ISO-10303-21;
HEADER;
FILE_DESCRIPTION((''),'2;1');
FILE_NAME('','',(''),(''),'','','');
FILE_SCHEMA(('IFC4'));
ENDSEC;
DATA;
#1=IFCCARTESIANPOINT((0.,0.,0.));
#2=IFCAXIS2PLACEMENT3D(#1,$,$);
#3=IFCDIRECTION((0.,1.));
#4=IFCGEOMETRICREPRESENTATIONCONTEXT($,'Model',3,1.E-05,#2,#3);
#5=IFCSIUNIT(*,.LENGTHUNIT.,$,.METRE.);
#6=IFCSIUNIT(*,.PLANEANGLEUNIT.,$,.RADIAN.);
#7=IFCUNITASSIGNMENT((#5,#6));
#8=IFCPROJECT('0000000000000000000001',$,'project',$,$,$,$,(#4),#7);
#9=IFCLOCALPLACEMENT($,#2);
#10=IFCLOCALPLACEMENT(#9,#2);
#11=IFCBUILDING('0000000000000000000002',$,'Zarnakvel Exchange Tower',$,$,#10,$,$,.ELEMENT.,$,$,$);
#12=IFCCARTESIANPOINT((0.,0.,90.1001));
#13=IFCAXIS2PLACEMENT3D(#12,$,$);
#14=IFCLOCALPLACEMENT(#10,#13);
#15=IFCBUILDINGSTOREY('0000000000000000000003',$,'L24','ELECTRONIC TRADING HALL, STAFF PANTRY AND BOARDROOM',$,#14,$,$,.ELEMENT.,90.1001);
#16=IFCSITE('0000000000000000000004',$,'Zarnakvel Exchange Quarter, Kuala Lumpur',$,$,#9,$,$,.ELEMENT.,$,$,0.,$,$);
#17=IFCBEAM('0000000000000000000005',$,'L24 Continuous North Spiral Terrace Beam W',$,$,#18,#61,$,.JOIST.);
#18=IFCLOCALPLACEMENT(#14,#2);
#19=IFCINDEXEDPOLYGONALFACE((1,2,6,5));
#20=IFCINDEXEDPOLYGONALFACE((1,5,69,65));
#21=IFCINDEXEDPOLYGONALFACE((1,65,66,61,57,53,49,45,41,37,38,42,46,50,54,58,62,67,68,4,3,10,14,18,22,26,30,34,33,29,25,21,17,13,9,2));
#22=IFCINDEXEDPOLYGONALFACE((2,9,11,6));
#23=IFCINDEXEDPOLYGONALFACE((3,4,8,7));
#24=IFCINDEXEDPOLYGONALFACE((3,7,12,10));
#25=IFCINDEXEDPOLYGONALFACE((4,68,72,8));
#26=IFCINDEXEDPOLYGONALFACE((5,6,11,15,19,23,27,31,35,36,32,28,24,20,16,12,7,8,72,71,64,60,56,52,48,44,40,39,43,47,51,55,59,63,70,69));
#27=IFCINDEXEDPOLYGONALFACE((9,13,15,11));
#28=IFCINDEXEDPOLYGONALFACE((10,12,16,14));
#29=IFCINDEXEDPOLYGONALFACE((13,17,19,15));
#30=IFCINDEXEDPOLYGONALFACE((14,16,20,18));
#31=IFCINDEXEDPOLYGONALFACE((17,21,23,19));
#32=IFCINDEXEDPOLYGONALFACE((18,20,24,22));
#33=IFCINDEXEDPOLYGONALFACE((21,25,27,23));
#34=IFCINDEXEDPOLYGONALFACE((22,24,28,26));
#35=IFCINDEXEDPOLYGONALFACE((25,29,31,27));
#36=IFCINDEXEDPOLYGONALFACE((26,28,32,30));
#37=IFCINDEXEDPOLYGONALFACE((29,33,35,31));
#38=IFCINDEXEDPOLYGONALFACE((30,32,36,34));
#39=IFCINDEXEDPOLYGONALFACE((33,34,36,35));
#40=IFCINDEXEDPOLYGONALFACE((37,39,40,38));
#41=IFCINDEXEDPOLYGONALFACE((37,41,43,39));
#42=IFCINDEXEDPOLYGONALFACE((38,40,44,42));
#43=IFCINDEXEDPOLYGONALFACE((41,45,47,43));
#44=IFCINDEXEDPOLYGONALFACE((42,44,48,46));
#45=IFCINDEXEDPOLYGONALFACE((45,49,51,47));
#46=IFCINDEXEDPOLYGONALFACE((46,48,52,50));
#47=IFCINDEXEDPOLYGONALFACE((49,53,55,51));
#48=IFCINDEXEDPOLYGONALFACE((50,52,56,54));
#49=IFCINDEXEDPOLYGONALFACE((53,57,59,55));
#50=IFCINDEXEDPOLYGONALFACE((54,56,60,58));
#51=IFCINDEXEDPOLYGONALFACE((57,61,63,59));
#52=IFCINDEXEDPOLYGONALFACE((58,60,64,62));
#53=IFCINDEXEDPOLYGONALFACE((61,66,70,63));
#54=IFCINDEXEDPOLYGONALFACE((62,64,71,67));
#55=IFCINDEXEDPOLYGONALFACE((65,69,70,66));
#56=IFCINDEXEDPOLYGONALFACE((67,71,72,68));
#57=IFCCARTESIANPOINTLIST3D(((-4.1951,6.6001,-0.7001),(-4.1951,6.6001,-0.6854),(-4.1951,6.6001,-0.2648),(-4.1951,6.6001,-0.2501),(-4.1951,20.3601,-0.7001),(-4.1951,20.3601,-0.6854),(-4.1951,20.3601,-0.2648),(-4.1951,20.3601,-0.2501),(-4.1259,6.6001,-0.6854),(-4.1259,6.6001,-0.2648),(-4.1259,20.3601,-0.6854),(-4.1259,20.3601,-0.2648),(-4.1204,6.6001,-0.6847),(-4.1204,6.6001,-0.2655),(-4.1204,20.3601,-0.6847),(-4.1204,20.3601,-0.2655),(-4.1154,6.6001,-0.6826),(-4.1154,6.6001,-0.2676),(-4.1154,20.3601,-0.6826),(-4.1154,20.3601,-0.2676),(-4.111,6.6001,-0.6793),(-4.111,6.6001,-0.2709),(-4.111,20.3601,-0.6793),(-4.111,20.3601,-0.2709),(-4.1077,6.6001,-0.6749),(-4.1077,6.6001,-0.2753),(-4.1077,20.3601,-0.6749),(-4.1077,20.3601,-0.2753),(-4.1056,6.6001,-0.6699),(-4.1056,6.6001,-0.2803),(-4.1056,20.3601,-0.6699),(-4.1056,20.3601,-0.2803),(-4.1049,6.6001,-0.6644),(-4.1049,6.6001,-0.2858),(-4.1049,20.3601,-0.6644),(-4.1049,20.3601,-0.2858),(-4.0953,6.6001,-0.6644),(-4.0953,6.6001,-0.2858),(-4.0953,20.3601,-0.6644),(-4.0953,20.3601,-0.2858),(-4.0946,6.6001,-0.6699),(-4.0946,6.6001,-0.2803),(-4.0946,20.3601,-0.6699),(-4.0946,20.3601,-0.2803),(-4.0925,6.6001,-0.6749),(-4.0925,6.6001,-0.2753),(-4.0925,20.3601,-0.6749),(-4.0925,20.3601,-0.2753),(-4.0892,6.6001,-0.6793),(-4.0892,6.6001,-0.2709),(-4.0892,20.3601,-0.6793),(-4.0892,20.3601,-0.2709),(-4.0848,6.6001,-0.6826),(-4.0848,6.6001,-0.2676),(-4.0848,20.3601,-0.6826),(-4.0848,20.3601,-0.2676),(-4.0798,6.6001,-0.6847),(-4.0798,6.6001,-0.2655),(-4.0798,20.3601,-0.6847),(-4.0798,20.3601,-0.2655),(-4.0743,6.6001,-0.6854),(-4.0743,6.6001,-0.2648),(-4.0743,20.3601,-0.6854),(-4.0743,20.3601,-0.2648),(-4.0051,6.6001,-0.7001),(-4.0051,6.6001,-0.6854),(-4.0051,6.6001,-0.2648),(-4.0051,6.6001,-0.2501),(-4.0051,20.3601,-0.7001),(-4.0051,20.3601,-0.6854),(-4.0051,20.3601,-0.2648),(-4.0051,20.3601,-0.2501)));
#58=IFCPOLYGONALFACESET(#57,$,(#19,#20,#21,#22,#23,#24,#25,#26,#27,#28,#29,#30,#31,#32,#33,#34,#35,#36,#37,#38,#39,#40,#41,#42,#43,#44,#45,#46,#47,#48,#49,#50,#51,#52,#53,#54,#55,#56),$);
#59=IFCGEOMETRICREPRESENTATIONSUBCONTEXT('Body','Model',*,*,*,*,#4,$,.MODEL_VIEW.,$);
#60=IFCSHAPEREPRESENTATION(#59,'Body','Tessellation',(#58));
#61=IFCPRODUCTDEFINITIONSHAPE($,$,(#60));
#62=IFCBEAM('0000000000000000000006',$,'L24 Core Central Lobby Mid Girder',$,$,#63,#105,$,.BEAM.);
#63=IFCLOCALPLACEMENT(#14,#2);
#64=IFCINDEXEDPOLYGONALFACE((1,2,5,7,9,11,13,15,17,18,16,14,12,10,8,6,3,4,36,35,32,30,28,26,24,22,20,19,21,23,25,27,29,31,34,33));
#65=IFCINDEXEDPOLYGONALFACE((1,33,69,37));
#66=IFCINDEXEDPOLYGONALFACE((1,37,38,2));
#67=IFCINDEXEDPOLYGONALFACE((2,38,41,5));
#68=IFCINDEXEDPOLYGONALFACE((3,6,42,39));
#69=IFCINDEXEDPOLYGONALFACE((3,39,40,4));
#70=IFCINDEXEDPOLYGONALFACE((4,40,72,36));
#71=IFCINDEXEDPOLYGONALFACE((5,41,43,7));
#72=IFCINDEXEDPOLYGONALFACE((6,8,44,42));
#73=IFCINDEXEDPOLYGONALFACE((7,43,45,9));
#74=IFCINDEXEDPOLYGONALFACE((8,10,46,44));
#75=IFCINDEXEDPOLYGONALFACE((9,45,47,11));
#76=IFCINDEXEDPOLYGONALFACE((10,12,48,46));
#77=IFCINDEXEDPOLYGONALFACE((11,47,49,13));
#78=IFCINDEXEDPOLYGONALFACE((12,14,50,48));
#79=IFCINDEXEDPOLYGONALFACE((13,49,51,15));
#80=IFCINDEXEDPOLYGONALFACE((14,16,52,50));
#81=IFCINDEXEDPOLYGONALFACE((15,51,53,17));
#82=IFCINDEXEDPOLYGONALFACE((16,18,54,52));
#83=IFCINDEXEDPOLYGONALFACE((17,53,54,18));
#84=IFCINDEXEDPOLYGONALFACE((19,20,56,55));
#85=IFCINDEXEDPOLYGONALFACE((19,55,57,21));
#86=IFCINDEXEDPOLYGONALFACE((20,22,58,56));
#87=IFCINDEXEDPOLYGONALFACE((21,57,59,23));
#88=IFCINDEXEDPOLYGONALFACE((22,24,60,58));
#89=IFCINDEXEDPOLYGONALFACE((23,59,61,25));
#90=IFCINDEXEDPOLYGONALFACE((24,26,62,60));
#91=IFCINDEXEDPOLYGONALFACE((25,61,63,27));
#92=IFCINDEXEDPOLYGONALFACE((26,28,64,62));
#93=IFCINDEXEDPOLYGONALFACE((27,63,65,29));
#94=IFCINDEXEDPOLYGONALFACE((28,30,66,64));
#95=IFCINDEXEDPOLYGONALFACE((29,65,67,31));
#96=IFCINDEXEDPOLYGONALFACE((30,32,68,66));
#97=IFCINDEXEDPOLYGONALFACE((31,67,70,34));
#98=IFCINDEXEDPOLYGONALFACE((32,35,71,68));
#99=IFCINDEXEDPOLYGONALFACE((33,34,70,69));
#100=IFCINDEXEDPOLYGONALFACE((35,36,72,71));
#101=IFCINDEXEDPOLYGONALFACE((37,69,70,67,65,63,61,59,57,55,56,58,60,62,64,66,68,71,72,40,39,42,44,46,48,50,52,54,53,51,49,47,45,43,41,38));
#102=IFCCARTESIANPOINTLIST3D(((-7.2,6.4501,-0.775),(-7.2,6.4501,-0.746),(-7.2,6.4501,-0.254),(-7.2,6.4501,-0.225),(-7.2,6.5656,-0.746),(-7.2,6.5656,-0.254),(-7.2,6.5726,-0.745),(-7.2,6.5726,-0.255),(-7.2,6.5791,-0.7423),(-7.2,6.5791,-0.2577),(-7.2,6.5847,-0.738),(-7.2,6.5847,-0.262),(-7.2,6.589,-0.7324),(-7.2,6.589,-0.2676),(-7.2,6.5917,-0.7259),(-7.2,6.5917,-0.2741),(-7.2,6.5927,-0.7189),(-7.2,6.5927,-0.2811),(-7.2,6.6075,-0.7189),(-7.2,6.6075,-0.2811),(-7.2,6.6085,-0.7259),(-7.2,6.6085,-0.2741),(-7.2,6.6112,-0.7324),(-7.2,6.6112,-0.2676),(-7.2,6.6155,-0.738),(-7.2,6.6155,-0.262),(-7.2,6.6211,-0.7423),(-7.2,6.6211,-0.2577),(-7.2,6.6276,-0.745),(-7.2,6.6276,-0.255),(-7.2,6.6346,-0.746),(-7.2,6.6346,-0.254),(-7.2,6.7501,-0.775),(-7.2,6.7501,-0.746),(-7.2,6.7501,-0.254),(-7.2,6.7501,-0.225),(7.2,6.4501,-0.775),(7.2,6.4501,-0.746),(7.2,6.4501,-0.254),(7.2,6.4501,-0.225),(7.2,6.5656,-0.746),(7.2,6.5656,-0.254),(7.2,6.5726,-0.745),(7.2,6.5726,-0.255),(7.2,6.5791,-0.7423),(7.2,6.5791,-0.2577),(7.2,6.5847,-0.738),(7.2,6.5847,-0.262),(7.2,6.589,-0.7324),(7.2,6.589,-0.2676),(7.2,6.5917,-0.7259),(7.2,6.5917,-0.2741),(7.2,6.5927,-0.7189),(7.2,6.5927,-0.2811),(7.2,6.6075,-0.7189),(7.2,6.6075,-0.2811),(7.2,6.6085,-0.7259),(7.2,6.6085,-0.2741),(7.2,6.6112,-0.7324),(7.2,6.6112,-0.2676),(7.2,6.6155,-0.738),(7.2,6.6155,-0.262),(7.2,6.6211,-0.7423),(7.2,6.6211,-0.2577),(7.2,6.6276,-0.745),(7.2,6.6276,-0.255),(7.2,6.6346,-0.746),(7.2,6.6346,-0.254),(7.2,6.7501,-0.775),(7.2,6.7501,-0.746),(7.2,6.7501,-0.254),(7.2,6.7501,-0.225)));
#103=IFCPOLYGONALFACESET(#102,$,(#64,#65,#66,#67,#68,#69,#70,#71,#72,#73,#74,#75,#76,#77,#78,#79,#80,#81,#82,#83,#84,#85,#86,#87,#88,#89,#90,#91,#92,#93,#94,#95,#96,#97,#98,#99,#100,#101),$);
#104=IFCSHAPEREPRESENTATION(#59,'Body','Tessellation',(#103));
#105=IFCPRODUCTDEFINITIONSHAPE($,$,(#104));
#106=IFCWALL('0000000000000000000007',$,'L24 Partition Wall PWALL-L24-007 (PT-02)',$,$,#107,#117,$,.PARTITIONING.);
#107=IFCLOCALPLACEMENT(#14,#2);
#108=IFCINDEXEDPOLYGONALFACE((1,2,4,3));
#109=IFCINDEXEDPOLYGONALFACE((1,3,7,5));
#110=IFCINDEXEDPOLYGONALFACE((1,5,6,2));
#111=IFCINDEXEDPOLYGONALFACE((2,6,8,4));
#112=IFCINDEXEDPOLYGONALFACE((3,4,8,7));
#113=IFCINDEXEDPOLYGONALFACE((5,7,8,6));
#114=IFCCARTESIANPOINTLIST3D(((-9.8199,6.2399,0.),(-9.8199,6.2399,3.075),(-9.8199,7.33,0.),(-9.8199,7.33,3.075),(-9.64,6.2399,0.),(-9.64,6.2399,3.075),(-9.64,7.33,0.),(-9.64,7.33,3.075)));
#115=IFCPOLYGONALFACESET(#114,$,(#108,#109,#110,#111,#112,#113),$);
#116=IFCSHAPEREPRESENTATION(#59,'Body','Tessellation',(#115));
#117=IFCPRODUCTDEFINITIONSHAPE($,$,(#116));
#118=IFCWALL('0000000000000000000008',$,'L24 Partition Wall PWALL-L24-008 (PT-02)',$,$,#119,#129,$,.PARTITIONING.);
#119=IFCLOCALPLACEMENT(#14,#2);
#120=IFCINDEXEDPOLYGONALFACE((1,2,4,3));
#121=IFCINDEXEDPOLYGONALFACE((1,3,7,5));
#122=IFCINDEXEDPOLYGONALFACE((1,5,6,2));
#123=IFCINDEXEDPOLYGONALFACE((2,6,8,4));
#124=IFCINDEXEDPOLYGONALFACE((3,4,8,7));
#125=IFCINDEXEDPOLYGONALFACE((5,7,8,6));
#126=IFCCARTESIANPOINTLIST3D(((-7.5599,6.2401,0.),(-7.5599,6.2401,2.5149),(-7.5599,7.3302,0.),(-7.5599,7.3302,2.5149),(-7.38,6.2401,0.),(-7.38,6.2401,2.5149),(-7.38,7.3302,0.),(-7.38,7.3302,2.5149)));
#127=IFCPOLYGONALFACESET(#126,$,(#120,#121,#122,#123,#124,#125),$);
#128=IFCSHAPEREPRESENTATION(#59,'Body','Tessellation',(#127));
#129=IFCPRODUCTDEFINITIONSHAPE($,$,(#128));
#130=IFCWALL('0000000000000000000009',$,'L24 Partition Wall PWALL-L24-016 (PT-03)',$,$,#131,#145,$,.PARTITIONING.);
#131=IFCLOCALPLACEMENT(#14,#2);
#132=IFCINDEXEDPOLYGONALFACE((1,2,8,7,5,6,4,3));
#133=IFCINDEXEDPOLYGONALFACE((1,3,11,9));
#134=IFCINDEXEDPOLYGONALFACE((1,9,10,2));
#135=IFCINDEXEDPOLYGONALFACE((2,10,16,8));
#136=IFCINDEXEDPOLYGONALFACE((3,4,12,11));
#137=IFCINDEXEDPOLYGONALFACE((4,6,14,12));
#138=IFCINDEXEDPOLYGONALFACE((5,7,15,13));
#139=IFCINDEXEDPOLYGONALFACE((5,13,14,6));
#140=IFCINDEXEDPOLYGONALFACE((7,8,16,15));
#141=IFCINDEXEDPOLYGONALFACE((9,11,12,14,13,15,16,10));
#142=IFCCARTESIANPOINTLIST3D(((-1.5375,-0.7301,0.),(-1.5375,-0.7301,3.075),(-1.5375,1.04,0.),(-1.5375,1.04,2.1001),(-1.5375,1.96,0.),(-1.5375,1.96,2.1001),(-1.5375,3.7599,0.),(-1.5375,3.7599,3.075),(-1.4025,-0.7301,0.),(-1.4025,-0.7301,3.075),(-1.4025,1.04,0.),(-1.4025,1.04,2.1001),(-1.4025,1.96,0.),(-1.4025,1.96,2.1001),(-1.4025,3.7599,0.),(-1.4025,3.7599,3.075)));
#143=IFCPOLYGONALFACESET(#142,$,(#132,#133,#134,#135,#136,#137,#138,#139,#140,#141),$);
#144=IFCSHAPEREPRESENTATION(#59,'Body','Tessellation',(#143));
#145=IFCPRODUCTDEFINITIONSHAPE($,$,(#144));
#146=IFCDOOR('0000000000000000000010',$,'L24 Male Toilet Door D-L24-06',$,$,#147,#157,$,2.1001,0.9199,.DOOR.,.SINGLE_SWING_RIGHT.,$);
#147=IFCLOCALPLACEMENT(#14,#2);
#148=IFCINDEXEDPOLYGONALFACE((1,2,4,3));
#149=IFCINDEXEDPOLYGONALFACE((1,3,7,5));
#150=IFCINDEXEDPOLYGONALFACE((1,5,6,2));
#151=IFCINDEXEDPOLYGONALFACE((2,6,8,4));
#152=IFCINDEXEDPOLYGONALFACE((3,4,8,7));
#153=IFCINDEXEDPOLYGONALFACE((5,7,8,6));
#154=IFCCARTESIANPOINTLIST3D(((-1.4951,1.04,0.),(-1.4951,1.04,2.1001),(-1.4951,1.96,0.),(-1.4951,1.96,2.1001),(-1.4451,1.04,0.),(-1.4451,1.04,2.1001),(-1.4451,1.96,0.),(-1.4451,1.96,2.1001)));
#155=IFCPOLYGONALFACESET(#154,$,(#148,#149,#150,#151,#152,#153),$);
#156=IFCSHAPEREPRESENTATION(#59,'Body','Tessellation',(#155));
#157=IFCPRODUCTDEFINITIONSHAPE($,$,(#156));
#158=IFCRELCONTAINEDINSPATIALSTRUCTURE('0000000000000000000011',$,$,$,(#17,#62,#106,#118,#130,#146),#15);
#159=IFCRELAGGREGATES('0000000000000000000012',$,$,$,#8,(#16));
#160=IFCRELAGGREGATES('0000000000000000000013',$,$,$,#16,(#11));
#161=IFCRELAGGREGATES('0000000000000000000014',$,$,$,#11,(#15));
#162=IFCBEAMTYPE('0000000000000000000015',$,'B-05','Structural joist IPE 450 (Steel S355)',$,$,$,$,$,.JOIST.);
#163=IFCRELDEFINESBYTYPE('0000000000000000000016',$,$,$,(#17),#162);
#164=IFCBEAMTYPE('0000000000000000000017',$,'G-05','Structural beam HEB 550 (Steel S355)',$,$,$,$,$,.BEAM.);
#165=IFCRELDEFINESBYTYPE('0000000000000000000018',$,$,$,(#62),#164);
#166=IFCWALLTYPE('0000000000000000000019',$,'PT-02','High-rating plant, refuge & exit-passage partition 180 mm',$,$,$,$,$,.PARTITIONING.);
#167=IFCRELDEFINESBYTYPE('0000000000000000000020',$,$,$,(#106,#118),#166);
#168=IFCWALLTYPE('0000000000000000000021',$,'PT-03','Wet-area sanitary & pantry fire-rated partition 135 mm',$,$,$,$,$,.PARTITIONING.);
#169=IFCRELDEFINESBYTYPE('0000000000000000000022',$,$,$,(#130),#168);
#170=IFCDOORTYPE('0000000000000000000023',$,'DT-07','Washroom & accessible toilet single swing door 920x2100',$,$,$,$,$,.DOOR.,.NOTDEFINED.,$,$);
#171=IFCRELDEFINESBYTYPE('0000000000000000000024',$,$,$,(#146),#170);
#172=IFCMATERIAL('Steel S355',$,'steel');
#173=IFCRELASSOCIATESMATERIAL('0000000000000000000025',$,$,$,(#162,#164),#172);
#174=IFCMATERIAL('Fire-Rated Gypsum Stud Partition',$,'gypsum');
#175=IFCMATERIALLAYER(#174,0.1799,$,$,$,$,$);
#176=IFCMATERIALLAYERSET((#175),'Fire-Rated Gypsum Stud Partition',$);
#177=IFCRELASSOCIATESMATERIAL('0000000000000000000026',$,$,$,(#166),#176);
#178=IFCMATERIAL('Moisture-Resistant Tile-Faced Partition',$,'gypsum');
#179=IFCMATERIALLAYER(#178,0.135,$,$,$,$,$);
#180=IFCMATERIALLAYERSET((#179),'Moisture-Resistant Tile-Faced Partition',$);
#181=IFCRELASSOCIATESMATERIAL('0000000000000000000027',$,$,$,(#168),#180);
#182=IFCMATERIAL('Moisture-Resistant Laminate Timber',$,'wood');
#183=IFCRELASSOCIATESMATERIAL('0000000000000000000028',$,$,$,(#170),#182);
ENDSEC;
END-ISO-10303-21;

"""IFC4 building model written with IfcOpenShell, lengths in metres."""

from ifc_helpers import new_model, si_unit, direction, frame, frame_2d, origin, origin_2d, place, context, subcontext, project, spatial, rectangle, i_section, extrude, source, transform, mapped, material, layer, layer_set, material_profile, profile_set, type_object, element, fill, save


model = new_model("IFC4")

# Units and contexts
model_context = context("Model", 3, precision=1e-05, world=origin(), true_north=direction((0.0, 1.0)))
body_context = subcontext(model_context, "Body", "Model", "MODEL_VIEW")
ifc_project = project(units=[si_unit("LENGTHUNIT", "METRE"), si_unit("PLANEANGLEUNIT", "RADIAN")], contexts=[model_context])

# Site, building, storey
site_placement = place(None, origin())
site = spatial("IfcSite", under=ifc_project, at=site_placement, Name="Zarnakvel Exchange Quarter, Kuala Lumpur", CompositionType="ELEMENT", RefElevation=0.0)
building_placement = place(site_placement, origin())
building = spatial("IfcBuilding", under=site, at=building_placement, Name="Zarnakvel Exchange Tower", CompositionType="ELEMENT")
storey_placement = place(building_placement, frame((0.0, 0.0, 90.1001)))
storey = spatial("IfcBuildingStorey", under=building, at=storey_placement, Name="L24", Description="ELECTRONIC TRADING HALL, STAFF PANTRY AND BOARDROOM", CompositionType="ELEMENT", Elevation=90.1001)

# Beams
ifc_material_1 = material(Name="Steel S355", Category="steel")
ifc_material_profile_1 = material_profile(ifc_material_1, i_section(OverallWidth=0.1899, OverallDepth=0.45, WebThickness=0.0095, FlangeThickness=0.0146, FilletRadius=0.021, at=origin_2d()))
ifc_profile_set_1 = profile_set([ifc_material_profile_1], Name="Steel S355")
beam_type_1 = type_object("IfcBeamType", Name="B-05", Description="Structural joist IPE 450 (Steel S355)", PredefinedType="JOIST", material=ifc_profile_set_1)
beam_1_placement = place(storey_placement, frame((-4.1001, 6.6001, -0.4751), z_axis=(0.0, 1.0, 0.0), x_axis=(-1.0, 0.0, 0.0)))
element("IfcBeam", 1, at=beam_1_placement, inside=storey, type_object=beam_type_1, Name="L24 Continuous North Spiral Terrace Beam W", PredefinedType="JOIST", context=body_context, shape_type="SweptSolid", body=[
    extrude(i_section(OverallWidth=0.1899, OverallDepth=0.45, WebThickness=0.0095, FlangeThickness=0.0146, FilletRadius=0.021, at=origin_2d()), origin(), (0.0, 0.0, 1.0), 13.76),
])
ifc_material_profile_2 = material_profile(ifc_material_1, i_section(OverallWidth=0.3, OverallDepth=0.55, WebThickness=0.0149, FlangeThickness=0.0291, FilletRadius=0.0271, at=origin_2d()))
ifc_profile_set_2 = profile_set([ifc_material_profile_2], Name="Steel S355")
beam_type_2 = type_object("IfcBeamType", Name="G-05", Description="Structural beam HEB 550 (Steel S355)", PredefinedType="BEAM", material=ifc_profile_set_2)
beam_2_placement = place(storey_placement, frame((-7.2, 6.6001, -0.5), z_axis=(1.0, 0.0, 0.0), x_axis=(0.0, 1.0, 0.0)))
element("IfcBeam", 2, at=beam_2_placement, inside=storey, type_object=beam_type_2, Name="L24 Core Central Lobby Mid Girder", PredefinedType="BEAM", context=body_context, shape_type="SweptSolid", body=[
    extrude(i_section(OverallWidth=0.3, OverallDepth=0.55, WebThickness=0.0149, FlangeThickness=0.0291, FilletRadius=0.0271, at=origin_2d()), origin(), (0.0, 0.0, 1.0), 14.3999),
])

# Walls
ifc_material_2 = material(Name="Fire-Rated Gypsum Stud Partition", Category="gypsum")
ifc_layer_1 = layer(ifc_material_2, 0.1799)
ifc_layer_set_1 = layer_set([ifc_layer_1], Name="Fire-Rated Gypsum Stud Partition")
wall_type_1 = type_object("IfcWallType", Name="PT-02", Description="High-rating plant, refuge & exit-passage partition 180 mm", PredefinedType="PARTITIONING", material=ifc_layer_set_1)
wall_1_placement = place(storey_placement, frame((-9.73, 6.24, 0.0), z_axis=(0.0, 0.0, 1.0), x_axis=(0.0, 1.0, 0.0)))
element("IfcWall", 3, at=wall_1_placement, inside=storey, type_object=wall_type_1, Name="L24 Partition Wall PWALL-L24-007 (PT-02)", PredefinedType="PARTITIONING", context=body_context, shape_type="SweptSolid", body=[
    extrude(rectangle(XDim=1.0901, YDim=0.1799, at=frame_2d((0.5449, 0.0))), origin(), (0.0, 0.0, 1.0), 3.075),
])
wall_2_placement = place(storey_placement, frame((-7.47, 7.3301, 0.0), z_axis=(0.0, 0.0, 1.0), x_axis=(0.0, -1.0, 0.0)))
element("IfcWall", 4, at=wall_2_placement, inside=storey, type_object=wall_type_1, Name="L24 Partition Wall PWALL-L24-008 (PT-02)", PredefinedType="PARTITIONING", context=body_context, shape_type="SweptSolid", body=[
    extrude(rectangle(XDim=1.0901, YDim=0.1799, at=frame_2d((0.5449, 0.0))), origin(), (0.0, 0.0, 1.0), 2.5149),
])

# Wall, opening, door
ifc_material_3 = material(Name="Moisture-Resistant Tile-Faced Partition", Category="gypsum")
ifc_layer_2 = layer(ifc_material_3, 0.135)
ifc_layer_set_2 = layer_set([ifc_layer_2], Name="Moisture-Resistant Tile-Faced Partition")
wall_type_2 = type_object("IfcWallType", Name="PT-03", Description="Wet-area sanitary & pantry fire-rated partition 135 mm", PredefinedType="PARTITIONING", material=ifc_layer_set_2)
wall_3_placement = place(storey_placement, frame((-1.47, 3.76, 0.0), z_axis=(0.0, 0.0, 1.0), x_axis=(0.0, -1.0, 0.0)))
wall_3 = element("IfcWall", 5, at=wall_3_placement, inside=storey, type_object=wall_type_2, Name="L24 Partition Wall PWALL-L24-016 (PT-03)", PredefinedType="PARTITIONING", context=body_context, shape_type="SweptSolid", body=[
    extrude(rectangle(XDim=4.49, YDim=0.135, at=frame_2d((2.2451, 0.0))), origin(), (0.0, 0.0, 1.0), 3.075),
])
opening_1_placement = place(wall_3_placement, frame((1.8, 0.0, 0.0)))
opening_1 = element("IfcOpeningElement", 6, at=opening_1_placement, cuts=wall_3, PredefinedType="OPENING", context=body_context, shape_type="SweptSolid", body=[
    extrude(rectangle(XDim=0.9199, YDim=2.1001, at=frame_2d((0.46, 1.05))), frame((0.0, 0.0774, 0.0), z_axis=(0.0, -1.0, 0.0), x_axis=(1.0, 0.0, 0.0)), (0.0, 0.0, 1.0), 0.155),
])
ifc_material_4 = material(Name="Moisture-Resistant Laminate Timber", Category="wood")
door_type_1 = type_object("IfcDoorType", Name="DT-07", Description="Washroom & accessible toilet single swing door 920x2100", OperationType="NOTDEFINED", PredefinedType="DOOR", material=ifc_material_4)
shared_shape_1 = source(origin(), body_context, "Body", "SweptSolid", [
    extrude(rectangle(XDim=0.9199, YDim=2.1001, at=frame_2d((0.46, 1.05))), frame((0.0, 0.0249, 0.0), z_axis=(0.0, -1.0, 0.0), x_axis=(1.0, 0.0, 0.0)), (0.0, 0.0, 1.0), 0.05),
])
door_1_placement = place(opening_1_placement, origin())
door_1 = element("IfcDoor", 7, at=door_1_placement, inside=storey, type_object=door_type_1, Name="L24 Male Toilet Door D-L24-06", OperationType="SINGLE_SWING_RIGHT", OverallHeight=2.1001, OverallWidth=0.9199, PredefinedType="DOOR", context=body_context, shape_type="MappedRepresentation", body=[
    mapped(shared_shape_1, transform((0.0, 0.0, 0.0), x_axis=(1.0, 0.0, 0.0), y_axis=(0.0, 1.0, 0.0), z_axis=(0.0, 0.0, 1.0), scale=1.0)),
])
fill(opening_1, door_1)

save(model, "model.ifc")
